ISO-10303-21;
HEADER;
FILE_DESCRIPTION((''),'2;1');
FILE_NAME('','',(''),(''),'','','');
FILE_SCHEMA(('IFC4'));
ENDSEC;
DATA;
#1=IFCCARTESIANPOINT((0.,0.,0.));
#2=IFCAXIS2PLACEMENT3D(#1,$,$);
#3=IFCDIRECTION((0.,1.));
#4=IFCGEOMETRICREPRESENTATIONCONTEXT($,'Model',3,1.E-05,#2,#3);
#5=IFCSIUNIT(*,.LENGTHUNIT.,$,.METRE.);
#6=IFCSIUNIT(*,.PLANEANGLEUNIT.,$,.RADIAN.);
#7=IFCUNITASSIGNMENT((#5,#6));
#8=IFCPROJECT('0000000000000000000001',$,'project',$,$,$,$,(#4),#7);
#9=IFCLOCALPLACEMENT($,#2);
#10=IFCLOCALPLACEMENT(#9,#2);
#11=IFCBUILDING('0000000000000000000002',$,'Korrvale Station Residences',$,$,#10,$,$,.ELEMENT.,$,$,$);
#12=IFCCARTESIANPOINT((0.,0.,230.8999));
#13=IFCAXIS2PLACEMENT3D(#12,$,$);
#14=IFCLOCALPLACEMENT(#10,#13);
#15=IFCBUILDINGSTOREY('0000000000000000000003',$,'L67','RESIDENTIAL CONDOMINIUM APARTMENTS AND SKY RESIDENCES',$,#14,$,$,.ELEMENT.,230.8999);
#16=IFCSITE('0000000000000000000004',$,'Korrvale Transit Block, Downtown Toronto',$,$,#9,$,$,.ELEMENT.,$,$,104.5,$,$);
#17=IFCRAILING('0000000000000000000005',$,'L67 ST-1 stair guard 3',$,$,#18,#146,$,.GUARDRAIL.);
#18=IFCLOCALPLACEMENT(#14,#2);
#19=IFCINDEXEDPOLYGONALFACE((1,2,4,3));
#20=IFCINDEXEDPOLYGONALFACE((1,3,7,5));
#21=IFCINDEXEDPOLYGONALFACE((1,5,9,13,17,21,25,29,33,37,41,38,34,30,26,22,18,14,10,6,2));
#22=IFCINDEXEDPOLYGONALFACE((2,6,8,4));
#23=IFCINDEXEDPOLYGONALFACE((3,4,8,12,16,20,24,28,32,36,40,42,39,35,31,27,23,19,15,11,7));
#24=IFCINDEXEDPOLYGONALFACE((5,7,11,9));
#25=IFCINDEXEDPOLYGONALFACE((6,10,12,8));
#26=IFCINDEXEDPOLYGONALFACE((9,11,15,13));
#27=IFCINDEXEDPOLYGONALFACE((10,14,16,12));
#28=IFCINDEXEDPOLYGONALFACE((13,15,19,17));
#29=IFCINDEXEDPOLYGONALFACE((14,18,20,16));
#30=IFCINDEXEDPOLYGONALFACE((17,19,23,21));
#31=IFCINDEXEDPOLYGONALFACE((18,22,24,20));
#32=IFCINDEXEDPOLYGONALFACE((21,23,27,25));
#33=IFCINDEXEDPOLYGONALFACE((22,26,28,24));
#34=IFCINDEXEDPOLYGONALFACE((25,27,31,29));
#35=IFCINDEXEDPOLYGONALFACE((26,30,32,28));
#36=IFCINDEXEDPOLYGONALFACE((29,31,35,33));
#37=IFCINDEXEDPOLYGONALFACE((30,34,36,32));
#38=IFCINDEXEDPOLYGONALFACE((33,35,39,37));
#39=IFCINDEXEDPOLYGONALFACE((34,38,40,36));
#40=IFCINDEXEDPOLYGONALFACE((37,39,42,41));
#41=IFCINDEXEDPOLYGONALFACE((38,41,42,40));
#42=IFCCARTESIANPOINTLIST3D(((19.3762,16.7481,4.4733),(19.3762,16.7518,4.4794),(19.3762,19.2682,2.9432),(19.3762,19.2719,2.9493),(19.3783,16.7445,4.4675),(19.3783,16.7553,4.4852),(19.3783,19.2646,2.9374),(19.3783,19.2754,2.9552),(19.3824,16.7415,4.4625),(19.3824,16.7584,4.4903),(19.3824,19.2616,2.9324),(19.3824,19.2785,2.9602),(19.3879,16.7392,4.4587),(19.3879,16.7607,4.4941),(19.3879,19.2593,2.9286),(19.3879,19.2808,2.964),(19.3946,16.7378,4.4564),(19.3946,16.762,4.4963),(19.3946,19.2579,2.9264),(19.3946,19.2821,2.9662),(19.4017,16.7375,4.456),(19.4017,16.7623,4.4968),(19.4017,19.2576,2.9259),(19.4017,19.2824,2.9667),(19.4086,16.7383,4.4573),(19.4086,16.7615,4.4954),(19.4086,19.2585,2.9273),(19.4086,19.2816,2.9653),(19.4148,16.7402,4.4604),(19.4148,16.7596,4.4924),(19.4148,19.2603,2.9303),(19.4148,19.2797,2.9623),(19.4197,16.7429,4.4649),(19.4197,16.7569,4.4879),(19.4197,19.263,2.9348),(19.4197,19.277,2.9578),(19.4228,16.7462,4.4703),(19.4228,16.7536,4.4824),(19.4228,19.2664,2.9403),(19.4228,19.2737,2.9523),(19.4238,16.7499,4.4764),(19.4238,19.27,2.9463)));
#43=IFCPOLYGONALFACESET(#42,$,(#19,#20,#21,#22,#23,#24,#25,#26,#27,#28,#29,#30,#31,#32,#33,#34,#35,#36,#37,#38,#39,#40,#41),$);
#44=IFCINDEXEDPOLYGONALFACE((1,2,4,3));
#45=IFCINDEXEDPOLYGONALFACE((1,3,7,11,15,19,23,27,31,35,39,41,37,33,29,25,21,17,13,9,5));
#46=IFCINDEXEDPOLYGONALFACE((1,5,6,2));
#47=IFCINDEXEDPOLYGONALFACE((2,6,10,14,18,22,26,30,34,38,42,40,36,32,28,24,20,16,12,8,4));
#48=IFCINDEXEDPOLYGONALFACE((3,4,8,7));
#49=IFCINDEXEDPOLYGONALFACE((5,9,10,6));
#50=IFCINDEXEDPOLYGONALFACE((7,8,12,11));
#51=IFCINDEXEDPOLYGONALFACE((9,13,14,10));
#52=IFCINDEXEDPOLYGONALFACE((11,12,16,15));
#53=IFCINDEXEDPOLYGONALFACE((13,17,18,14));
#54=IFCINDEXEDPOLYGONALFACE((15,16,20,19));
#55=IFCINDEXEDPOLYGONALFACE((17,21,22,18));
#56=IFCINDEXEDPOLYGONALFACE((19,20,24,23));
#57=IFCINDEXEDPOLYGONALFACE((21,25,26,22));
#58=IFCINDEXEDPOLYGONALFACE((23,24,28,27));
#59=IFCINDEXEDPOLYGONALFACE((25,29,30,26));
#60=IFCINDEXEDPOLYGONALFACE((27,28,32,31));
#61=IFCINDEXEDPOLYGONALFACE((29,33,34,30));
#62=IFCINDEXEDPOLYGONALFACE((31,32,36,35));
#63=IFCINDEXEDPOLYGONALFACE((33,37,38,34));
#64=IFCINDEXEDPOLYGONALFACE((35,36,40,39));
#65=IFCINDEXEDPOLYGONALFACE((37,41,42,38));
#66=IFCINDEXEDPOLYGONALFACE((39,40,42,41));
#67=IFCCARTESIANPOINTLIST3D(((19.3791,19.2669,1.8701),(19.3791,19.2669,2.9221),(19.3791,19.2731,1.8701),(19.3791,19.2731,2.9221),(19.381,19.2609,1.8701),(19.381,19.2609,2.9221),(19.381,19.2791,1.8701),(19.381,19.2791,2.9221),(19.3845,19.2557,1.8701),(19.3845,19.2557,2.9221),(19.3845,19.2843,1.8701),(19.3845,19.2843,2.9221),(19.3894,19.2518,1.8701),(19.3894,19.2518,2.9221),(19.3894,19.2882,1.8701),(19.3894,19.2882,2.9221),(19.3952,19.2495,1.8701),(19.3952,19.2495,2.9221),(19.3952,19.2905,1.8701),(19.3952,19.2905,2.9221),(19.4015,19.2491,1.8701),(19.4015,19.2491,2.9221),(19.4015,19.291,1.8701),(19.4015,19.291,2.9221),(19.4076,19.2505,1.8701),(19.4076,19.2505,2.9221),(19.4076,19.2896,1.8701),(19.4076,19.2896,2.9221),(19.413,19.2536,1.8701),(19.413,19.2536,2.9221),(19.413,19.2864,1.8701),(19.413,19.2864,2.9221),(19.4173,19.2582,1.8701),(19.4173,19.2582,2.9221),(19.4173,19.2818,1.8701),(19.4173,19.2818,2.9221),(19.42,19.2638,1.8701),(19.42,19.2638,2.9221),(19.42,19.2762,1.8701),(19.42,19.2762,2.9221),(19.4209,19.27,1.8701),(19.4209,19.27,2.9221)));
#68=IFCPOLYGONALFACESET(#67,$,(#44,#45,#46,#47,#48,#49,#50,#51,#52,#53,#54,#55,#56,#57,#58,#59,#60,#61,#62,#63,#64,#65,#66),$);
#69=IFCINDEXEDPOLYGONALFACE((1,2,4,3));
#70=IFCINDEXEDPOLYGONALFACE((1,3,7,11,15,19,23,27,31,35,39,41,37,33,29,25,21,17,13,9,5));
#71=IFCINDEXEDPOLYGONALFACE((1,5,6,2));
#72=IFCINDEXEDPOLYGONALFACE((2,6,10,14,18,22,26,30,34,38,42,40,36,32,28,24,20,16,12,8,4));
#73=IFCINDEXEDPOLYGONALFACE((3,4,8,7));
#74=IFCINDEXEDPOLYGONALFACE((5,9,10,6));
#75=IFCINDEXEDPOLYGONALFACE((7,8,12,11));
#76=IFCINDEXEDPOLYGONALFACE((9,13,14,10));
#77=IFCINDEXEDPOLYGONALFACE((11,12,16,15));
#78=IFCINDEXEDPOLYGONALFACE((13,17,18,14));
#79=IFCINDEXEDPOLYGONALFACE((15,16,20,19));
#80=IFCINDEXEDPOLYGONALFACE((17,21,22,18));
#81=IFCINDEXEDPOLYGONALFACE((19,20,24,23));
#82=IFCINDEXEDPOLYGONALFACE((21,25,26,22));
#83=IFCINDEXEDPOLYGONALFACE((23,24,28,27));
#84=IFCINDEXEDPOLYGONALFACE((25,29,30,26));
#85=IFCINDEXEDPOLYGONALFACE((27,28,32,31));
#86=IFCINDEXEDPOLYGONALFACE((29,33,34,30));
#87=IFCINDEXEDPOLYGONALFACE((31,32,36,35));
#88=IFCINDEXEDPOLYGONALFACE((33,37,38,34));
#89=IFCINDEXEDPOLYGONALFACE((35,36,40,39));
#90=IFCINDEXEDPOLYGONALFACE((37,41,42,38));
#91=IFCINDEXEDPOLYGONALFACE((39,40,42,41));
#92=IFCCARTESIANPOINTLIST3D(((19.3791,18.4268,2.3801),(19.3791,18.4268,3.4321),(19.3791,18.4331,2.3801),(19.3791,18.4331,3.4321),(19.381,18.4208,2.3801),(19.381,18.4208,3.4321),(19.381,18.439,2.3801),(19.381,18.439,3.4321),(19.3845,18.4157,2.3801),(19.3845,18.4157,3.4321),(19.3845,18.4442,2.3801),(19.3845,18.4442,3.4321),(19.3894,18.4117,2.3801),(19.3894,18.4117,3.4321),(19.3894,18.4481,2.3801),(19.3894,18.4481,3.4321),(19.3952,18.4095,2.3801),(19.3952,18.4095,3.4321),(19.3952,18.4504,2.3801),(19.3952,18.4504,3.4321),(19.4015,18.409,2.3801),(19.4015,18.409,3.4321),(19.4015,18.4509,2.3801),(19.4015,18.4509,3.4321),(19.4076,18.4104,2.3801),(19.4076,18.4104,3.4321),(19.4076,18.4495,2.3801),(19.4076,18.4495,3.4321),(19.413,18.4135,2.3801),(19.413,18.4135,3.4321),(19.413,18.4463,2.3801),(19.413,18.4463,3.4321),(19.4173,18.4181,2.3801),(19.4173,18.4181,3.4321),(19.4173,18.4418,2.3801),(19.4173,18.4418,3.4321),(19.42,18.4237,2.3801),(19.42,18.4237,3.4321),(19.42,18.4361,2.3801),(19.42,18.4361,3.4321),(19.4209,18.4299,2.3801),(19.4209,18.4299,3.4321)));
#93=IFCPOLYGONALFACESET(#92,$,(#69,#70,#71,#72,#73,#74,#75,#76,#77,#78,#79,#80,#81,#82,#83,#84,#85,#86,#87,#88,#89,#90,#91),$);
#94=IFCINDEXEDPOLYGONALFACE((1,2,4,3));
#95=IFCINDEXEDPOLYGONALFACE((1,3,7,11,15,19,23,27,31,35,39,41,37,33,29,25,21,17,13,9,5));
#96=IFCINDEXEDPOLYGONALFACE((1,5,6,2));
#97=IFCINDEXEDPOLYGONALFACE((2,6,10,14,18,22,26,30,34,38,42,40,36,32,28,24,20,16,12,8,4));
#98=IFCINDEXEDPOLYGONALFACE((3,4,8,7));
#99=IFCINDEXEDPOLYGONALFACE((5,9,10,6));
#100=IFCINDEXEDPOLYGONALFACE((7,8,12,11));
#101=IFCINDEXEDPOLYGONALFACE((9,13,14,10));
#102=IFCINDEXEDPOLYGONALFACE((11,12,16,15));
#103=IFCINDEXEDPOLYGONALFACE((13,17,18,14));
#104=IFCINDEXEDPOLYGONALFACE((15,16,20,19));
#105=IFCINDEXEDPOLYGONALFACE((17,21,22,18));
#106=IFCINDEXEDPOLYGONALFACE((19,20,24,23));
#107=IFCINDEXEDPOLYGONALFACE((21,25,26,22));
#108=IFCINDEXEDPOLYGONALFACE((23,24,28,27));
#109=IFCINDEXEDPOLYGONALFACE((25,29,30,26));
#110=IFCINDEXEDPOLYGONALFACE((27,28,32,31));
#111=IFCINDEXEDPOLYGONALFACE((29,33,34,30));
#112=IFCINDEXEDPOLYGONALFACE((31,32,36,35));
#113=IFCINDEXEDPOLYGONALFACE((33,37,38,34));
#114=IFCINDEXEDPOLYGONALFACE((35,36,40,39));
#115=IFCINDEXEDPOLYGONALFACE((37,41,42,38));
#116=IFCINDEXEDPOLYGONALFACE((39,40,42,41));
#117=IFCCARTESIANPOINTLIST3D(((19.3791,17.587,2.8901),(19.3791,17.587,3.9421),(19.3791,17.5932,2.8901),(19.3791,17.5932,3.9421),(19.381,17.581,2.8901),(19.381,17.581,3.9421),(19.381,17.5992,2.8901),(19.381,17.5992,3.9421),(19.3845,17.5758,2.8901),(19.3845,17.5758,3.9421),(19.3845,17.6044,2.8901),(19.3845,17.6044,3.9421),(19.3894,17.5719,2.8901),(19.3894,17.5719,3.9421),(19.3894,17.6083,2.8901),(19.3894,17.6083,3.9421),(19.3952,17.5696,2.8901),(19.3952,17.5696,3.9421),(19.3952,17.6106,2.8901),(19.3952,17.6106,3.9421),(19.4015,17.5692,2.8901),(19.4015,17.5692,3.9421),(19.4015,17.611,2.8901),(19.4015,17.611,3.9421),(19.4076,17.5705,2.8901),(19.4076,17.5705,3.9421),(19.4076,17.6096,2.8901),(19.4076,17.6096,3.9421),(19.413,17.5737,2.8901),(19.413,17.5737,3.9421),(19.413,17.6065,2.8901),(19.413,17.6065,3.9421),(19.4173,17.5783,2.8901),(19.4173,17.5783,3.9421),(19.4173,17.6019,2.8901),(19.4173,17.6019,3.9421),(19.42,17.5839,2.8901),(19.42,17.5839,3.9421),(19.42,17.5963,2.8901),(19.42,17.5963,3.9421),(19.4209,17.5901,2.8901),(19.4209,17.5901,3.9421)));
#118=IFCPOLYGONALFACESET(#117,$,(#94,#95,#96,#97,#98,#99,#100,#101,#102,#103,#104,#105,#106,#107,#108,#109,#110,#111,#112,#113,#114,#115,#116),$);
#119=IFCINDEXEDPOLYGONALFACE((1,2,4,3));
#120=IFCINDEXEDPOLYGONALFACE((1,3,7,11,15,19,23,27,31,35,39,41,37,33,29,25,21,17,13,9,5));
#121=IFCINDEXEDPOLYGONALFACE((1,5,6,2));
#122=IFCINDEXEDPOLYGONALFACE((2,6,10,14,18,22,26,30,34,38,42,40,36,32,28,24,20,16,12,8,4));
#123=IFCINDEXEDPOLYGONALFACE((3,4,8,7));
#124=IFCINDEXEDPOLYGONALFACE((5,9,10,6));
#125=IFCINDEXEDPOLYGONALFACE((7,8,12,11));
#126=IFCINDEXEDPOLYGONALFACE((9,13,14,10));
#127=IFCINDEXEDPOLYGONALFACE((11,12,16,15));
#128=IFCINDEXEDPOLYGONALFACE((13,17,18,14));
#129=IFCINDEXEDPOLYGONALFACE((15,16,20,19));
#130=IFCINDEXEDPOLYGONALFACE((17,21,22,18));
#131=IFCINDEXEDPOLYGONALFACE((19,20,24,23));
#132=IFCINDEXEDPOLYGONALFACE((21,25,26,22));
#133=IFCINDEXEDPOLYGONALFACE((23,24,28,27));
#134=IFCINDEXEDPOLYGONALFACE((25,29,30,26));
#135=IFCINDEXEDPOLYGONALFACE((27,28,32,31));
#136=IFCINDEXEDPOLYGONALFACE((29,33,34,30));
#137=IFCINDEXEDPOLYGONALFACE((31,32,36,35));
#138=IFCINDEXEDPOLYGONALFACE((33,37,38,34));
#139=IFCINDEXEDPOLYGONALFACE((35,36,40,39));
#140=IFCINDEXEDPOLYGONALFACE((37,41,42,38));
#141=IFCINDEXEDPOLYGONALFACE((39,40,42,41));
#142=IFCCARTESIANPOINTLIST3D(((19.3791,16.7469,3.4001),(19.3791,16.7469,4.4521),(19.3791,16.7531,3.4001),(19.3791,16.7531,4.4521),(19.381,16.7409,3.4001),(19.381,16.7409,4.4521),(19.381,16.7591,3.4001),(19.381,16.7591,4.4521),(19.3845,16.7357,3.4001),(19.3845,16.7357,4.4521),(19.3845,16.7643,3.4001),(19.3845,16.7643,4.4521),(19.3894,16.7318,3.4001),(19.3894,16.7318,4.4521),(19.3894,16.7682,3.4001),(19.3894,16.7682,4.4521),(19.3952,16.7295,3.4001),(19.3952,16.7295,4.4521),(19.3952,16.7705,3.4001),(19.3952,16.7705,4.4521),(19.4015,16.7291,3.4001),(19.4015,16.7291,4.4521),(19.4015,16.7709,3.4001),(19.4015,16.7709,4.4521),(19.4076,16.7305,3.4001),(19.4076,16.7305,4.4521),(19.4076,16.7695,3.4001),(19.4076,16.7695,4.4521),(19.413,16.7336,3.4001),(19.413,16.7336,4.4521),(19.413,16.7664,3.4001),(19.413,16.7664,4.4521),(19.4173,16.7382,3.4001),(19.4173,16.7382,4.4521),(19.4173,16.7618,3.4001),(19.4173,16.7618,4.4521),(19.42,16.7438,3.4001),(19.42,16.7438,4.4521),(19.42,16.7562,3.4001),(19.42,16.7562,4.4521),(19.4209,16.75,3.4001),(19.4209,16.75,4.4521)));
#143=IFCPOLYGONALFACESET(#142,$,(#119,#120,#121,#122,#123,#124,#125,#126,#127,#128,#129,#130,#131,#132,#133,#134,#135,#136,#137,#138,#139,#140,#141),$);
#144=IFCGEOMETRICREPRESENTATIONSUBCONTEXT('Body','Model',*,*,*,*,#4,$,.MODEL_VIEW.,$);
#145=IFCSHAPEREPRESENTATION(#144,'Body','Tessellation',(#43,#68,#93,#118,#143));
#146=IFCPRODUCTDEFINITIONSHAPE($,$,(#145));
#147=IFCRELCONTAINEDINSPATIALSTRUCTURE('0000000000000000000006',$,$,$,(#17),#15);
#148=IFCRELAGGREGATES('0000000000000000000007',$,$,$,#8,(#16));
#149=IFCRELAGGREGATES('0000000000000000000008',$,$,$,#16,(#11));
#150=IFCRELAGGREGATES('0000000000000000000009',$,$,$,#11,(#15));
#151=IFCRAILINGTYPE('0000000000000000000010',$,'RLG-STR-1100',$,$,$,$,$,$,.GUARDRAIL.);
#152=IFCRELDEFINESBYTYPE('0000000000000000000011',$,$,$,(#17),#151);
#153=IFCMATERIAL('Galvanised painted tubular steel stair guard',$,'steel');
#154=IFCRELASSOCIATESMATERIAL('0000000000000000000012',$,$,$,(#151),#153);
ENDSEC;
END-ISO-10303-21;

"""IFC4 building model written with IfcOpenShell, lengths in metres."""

from ifc_helpers import new_model, si_unit, direction, frame, origin, origin_2d, place, context, subcontext, project, spatial, circle, extrude, material, type_object, element, save


model = new_model("IFC4")

# Units and contexts
model_context = context("Model", 3, precision=1e-05, world=origin(), true_north=direction((0.0, 1.0)))
body_context = subcontext(model_context, "Body", "Model", "MODEL_VIEW")
ifc_project = project(units=[si_unit("LENGTHUNIT", "METRE"), si_unit("PLANEANGLEUNIT", "RADIAN")], contexts=[model_context])

# Site, building, storey
site_placement = place(None, origin())
site = spatial("IfcSite", under=ifc_project, at=site_placement, Name="Korrvale Transit Block, Downtown Toronto", CompositionType="ELEMENT", RefElevation=104.5)
building_placement = place(site_placement, origin())
building = spatial("IfcBuilding", under=site, at=building_placement, Name="Korrvale Station Residences", CompositionType="ELEMENT")
storey_placement = place(building_placement, frame((0.0, 0.0, 230.8999)))
storey = spatial("IfcBuildingStorey", under=building, at=storey_placement, Name="L67", Description="RESIDENTIAL CONDOMINIUM APARTMENTS AND SKY RESIDENCES", CompositionType="ELEMENT", Elevation=230.8999)

# Railing
ifc_material_1 = material(Name="Galvanised painted tubular steel stair guard", Category="steel")
railing_type = type_object("IfcRailingType", Name="RLG-STR-1100", PredefinedType="GUARDRAIL", material=ifc_material_1)
railing_1_placement = place(storey_placement, frame((19.3999, 19.27, 1.8701)))
element("IfcRailing", 1, at=railing_1_placement, inside=storey, type_object=railing_type, Name="L67 ST-1 stair guard 3", PredefinedType="GUARDRAIL", context=body_context, shape_type="SweptSolid", body=[
    extrude(circle(Radius=0.0239, at=origin_2d()), frame((0.0, 0.0, 1.0762), z_axis=(0.0, -0.854785, 0.518982), x_axis=(1.0, 0.0, 0.0)), (0.0, 0.0, 1.0), 2.9482),
    extrude(circle(Radius=0.021, at=origin_2d()), origin(), (0.0, 0.0, 1.0), 1.052),
    extrude(circle(Radius=0.021, at=origin_2d()), frame((0.0, -0.8401, 0.51)), (0.0, 0.0, 1.0), 1.052),
    extrude(circle(Radius=0.021, at=origin_2d()), frame((0.0, -1.6799, 1.02)), (0.0, 0.0, 1.0), 1.052),
    extrude(circle(Radius=0.021, at=origin_2d()), frame((0.0, -2.52, 1.53)), (0.0, 0.0, 1.0), 1.052),
])

save(model, "model.ifc")
